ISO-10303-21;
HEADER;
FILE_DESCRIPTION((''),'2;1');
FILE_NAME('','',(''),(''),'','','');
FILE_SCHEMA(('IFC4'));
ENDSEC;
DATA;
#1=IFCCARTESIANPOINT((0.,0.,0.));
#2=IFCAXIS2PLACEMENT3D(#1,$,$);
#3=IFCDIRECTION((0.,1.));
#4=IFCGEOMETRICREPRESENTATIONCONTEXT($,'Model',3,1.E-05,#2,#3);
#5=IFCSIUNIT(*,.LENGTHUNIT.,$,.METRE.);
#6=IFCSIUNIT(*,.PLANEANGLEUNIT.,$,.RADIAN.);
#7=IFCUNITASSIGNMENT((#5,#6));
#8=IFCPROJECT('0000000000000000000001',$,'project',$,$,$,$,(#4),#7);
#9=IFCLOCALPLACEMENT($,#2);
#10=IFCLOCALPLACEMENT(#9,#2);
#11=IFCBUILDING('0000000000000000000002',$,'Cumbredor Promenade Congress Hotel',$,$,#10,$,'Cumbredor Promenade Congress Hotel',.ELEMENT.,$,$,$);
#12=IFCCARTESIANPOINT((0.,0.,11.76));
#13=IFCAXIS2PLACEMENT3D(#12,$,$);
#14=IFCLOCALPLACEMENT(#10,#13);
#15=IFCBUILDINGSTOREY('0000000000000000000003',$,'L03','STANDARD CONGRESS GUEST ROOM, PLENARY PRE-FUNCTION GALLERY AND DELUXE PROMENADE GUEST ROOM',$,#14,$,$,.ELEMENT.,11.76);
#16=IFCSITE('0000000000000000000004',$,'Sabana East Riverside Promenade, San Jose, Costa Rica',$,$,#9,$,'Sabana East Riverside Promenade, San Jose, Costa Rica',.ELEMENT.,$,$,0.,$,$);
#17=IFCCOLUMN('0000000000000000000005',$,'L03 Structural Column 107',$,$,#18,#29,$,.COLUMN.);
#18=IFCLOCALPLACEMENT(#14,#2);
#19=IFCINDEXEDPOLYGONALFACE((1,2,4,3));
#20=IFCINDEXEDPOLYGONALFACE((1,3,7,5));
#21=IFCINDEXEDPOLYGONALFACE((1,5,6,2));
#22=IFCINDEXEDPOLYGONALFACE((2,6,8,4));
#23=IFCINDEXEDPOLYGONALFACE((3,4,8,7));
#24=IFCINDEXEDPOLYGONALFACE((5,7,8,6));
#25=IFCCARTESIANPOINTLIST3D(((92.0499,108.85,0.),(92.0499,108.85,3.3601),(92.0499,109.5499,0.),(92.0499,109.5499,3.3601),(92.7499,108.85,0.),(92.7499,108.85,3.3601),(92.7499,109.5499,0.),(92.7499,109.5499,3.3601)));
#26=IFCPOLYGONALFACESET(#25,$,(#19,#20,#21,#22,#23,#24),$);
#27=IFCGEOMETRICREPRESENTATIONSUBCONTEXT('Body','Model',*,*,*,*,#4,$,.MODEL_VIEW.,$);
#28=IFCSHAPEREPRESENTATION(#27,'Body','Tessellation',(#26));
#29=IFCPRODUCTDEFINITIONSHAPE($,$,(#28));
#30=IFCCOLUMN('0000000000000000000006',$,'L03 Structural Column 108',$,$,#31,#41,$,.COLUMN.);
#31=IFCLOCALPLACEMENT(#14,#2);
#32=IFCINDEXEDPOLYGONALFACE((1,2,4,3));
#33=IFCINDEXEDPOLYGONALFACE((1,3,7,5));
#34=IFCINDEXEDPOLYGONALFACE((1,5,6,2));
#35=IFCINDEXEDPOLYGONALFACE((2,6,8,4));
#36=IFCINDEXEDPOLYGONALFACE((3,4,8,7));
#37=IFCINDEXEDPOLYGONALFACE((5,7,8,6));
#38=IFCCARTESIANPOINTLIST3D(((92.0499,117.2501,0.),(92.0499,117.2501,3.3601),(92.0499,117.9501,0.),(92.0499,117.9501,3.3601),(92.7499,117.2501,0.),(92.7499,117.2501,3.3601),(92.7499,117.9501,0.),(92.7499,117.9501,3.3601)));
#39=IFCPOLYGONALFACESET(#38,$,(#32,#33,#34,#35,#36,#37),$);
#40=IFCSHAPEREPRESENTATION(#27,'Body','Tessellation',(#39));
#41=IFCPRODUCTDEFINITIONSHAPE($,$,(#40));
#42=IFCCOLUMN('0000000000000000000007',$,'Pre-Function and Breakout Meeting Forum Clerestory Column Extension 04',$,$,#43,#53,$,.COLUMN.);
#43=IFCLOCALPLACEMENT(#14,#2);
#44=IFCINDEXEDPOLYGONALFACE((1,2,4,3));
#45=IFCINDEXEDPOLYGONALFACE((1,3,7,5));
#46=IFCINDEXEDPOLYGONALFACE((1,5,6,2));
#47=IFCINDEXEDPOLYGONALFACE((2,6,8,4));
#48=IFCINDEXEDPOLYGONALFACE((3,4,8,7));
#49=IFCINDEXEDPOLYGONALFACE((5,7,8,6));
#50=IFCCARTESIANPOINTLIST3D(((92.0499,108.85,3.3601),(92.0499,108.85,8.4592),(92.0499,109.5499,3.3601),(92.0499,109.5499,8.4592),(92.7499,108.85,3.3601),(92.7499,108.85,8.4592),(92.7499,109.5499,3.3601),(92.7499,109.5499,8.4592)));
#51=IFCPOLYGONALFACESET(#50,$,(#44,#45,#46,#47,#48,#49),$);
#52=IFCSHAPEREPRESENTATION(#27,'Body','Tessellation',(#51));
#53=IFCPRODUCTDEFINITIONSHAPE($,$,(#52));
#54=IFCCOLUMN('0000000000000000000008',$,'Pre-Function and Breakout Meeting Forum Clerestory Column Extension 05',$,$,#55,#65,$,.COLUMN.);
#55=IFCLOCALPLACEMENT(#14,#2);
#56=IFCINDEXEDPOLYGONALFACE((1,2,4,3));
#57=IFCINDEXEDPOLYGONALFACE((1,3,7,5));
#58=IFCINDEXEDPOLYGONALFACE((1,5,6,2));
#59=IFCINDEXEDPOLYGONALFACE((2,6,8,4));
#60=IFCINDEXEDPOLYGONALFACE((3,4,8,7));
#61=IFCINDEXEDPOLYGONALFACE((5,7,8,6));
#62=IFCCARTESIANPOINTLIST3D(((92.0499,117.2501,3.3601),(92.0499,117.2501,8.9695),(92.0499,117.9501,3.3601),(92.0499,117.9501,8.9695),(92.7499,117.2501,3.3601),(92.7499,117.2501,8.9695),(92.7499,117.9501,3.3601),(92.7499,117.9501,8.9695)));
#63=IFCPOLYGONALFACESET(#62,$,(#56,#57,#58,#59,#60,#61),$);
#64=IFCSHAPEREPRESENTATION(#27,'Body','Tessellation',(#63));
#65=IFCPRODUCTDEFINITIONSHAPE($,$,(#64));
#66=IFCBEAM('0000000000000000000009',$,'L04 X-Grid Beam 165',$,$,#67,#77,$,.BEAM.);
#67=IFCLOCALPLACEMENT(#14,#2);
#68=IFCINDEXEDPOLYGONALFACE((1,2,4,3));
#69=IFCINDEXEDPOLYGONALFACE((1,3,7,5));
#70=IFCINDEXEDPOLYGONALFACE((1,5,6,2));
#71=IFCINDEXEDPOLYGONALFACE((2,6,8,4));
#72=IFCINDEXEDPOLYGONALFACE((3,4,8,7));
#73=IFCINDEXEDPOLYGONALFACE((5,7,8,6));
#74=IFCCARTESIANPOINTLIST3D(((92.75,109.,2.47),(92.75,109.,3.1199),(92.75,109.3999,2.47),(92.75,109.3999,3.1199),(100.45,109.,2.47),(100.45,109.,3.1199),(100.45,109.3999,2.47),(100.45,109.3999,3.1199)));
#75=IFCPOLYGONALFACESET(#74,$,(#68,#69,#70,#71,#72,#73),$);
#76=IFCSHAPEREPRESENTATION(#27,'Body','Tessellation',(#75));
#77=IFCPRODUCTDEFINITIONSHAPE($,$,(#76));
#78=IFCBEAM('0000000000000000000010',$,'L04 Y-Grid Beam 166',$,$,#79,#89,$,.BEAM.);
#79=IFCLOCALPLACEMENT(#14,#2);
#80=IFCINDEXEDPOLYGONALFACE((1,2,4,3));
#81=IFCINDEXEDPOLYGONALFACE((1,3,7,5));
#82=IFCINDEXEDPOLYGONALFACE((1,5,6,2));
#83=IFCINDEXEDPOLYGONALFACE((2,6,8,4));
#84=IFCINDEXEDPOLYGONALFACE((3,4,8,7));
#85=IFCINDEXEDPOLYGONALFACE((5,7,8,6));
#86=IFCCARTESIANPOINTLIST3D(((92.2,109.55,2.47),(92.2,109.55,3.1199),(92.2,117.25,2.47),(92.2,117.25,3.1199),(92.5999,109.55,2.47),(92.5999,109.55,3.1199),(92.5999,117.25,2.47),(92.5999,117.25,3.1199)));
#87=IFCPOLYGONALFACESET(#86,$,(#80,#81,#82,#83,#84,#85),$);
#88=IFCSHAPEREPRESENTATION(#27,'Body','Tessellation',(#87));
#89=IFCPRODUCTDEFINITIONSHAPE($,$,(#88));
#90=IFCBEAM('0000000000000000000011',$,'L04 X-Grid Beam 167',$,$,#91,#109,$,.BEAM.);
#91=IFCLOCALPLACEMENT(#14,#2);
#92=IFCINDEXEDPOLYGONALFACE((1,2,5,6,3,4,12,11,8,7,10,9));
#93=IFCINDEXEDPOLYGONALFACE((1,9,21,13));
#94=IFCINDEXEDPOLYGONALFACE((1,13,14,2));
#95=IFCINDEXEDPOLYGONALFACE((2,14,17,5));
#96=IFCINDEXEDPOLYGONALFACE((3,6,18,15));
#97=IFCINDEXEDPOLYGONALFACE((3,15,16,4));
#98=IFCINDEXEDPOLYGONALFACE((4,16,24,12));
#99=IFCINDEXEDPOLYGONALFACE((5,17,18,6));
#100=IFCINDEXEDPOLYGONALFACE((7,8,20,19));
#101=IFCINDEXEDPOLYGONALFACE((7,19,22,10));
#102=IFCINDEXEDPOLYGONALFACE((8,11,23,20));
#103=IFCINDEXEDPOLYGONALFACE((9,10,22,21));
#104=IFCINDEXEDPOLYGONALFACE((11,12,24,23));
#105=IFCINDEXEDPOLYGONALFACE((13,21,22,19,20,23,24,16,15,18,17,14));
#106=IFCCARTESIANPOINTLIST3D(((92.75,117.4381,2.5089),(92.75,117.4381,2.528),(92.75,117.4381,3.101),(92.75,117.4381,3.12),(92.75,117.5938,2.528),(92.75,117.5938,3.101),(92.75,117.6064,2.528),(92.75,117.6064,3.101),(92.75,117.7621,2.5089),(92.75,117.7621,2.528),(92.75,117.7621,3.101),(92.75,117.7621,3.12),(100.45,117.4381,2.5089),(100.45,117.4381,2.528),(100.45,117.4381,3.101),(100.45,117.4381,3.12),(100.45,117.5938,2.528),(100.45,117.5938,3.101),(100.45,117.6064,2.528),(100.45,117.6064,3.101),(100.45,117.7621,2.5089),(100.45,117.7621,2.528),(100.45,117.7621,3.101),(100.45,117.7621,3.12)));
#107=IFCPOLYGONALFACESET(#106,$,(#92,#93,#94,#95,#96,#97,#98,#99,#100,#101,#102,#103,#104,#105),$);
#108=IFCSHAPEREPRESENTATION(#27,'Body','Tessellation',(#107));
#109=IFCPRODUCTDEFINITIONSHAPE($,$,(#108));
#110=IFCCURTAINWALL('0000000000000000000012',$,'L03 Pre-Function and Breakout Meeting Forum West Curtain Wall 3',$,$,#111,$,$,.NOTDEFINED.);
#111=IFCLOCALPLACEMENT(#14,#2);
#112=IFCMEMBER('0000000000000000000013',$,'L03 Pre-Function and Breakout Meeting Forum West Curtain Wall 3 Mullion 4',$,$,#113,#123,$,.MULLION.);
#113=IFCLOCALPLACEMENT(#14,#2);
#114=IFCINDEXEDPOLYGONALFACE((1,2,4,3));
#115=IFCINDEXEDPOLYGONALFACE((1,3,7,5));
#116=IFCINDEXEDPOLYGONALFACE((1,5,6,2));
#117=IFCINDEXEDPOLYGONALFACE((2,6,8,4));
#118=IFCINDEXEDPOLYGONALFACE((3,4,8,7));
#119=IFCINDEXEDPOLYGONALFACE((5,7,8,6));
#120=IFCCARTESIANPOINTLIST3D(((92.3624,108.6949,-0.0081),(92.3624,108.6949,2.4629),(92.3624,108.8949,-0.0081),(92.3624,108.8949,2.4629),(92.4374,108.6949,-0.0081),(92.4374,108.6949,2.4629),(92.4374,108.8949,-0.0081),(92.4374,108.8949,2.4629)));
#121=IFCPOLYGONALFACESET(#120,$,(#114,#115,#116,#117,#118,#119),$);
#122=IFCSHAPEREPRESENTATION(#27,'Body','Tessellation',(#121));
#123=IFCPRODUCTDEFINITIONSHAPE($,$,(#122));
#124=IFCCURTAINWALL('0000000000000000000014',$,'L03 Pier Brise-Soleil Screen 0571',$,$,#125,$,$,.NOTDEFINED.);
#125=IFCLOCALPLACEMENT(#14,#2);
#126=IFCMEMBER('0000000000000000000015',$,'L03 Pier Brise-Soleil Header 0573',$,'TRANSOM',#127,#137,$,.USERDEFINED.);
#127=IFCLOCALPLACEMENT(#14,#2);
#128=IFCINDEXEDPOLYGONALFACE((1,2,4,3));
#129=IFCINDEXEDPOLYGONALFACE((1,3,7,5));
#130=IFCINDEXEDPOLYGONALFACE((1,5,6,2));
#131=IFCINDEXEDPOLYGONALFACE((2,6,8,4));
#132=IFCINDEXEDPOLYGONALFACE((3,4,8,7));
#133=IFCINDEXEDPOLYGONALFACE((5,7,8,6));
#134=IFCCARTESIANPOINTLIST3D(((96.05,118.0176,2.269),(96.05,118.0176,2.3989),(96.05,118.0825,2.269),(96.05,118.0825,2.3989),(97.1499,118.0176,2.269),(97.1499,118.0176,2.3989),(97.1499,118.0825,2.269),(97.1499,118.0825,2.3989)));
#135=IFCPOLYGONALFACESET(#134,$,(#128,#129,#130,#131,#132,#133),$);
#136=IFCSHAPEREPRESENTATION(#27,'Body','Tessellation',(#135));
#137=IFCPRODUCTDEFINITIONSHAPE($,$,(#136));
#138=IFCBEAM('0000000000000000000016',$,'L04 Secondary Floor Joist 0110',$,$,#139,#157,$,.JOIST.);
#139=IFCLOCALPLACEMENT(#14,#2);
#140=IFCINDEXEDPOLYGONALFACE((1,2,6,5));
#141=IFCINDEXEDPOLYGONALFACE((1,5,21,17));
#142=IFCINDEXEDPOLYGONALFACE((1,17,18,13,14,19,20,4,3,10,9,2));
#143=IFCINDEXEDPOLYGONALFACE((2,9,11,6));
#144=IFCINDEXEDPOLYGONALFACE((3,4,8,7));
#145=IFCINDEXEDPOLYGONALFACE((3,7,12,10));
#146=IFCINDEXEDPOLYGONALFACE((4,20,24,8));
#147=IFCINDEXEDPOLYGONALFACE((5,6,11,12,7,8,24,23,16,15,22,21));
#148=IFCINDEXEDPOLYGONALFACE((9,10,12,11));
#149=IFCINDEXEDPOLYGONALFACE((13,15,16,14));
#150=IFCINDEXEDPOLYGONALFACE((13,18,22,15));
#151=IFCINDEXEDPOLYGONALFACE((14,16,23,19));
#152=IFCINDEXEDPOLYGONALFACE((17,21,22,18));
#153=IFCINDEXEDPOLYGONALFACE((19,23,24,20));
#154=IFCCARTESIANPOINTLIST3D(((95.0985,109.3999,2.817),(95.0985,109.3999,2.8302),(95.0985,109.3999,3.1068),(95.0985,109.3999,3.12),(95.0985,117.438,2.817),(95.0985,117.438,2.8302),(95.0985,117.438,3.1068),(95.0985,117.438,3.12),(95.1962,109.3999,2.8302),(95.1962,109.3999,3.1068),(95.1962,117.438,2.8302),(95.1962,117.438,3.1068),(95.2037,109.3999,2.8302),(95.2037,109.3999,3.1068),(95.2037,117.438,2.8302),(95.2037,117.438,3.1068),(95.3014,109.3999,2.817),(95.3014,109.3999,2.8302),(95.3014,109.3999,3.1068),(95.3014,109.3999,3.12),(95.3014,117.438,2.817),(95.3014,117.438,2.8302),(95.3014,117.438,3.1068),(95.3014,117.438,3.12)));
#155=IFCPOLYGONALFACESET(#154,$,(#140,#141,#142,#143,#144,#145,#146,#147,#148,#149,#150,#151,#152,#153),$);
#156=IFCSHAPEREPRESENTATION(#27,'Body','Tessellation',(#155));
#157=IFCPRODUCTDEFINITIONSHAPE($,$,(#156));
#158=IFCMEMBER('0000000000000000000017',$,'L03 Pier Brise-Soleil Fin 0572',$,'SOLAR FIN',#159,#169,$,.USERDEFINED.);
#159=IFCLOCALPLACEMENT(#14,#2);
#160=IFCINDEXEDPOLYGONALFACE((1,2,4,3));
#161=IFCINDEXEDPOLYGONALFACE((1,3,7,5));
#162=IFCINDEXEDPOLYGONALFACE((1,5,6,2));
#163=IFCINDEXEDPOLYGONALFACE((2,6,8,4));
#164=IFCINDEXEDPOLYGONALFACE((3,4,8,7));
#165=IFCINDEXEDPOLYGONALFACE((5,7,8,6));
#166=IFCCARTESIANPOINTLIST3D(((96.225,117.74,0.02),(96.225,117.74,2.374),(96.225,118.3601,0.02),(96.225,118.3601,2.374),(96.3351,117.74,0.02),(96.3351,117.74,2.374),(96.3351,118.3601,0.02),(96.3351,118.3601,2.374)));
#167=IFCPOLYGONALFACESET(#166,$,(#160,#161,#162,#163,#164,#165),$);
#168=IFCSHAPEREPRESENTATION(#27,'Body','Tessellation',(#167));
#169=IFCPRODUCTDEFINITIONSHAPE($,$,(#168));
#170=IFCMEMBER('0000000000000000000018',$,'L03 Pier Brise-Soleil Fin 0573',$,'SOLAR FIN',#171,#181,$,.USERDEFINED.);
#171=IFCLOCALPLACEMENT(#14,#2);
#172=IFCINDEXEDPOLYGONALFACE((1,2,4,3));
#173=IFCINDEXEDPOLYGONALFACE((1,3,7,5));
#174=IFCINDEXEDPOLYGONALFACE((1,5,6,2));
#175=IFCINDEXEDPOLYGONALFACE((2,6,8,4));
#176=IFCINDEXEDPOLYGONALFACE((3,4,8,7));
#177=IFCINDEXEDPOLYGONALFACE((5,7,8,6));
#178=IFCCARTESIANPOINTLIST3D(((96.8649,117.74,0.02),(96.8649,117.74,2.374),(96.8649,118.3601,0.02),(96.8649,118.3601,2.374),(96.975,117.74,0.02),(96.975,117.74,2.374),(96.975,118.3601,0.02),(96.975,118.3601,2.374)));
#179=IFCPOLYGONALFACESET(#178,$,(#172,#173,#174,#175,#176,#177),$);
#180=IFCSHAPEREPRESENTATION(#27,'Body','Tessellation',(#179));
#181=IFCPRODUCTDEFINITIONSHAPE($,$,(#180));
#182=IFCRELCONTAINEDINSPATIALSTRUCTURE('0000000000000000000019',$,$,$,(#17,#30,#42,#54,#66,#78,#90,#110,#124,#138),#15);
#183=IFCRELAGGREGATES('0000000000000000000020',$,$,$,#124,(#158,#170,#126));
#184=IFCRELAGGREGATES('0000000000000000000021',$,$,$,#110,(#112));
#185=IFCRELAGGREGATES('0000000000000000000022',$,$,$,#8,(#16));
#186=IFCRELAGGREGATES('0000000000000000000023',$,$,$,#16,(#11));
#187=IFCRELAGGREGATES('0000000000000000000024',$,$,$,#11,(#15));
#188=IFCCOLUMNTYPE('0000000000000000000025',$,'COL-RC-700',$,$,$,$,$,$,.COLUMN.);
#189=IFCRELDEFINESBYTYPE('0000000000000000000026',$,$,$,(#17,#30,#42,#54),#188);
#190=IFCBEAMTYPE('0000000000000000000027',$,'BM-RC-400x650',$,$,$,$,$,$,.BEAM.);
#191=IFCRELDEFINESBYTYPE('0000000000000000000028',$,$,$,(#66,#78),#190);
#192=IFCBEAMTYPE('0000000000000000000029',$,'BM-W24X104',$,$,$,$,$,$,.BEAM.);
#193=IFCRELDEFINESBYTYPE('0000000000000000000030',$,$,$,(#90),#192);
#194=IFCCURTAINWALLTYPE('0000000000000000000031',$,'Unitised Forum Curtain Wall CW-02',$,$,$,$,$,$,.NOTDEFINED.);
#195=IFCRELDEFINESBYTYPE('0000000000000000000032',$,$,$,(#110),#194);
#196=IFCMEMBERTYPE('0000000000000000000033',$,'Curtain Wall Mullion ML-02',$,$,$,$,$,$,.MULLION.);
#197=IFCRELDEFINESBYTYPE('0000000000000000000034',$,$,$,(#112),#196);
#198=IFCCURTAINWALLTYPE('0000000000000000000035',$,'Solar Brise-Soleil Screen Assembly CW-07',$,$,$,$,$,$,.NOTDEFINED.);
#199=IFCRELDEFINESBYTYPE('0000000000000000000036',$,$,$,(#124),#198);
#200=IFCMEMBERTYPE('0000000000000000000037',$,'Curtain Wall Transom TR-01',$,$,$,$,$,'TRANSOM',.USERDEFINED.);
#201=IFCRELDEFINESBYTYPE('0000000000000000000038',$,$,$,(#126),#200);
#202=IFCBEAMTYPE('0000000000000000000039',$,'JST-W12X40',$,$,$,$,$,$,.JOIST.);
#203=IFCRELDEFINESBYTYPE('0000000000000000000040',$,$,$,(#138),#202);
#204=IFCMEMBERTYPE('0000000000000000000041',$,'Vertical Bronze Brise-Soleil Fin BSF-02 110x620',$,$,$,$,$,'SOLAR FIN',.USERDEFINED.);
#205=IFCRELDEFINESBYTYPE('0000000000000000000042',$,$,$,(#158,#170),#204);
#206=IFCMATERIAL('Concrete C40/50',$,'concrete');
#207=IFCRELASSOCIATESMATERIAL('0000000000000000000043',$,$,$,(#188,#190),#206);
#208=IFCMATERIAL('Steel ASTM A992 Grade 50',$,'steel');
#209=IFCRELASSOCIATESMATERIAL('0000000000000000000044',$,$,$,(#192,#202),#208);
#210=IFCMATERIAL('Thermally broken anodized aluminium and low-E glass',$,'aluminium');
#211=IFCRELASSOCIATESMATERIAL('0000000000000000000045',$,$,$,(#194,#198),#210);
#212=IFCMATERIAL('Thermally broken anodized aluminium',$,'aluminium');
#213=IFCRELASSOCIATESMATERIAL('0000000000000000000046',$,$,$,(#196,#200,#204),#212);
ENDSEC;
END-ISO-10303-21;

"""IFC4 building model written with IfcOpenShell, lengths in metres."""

from ifc_helpers import new_model, si_unit, direction, frame, origin, origin_2d, place, context, subcontext, project, spatial, rectangle, i_section, extrude, material, material_profile, profile_set, type_object, element, aggregate, save


model = new_model("IFC4")

# Units and contexts
model_context = context("Model", 3, precision=1e-05, world=origin(), true_north=direction((0.0, 1.0)))
body_context = subcontext(model_context, "Body", "Model", "MODEL_VIEW")
ifc_project = project(units=[si_unit("LENGTHUNIT", "METRE"), si_unit("PLANEANGLEUNIT", "RADIAN")], contexts=[model_context])

# Site, building, storey
site_placement = place(None, origin())
site = spatial("IfcSite", under=ifc_project, at=site_placement, Name="Sabana East Riverside Promenade, San Jose, Costa Rica", LongName="Sabana East Riverside Promenade, San Jose, Costa Rica", CompositionType="ELEMENT", RefElevation=0.0)
building_placement = place(site_placement, origin())
building = spatial("IfcBuilding", under=site, at=building_placement, Name="Cumbredor Promenade Congress Hotel", LongName="Cumbredor Promenade Congress Hotel", CompositionType="ELEMENT")
storey_placement = place(building_placement, frame((0.0, 0.0, 11.76)))
storey = spatial("IfcBuildingStorey", under=building, at=storey_placement, Name="L03", Description="STANDARD CONGRESS GUEST ROOM, PLENARY PRE-FUNCTION GALLERY AND DELUXE PROMENADE GUEST ROOM", CompositionType="ELEMENT", Elevation=11.76)

# Columns
ifc_material_1 = material(Name="Concrete C40/50", Category="concrete")
ifc_material_profile_1 = material_profile(ifc_material_1, rectangle(XDim=0.7, YDim=0.7, at=origin_2d()), Name="RC 700x700")
ifc_profile_set_1 = profile_set([ifc_material_profile_1], Name="Concrete C40/50")
column_type = type_object("IfcColumnType", Name="COL-RC-700", PredefinedType="COLUMN", material=ifc_profile_set_1)
for number, where, z_axis, x_axis, name in (
    (1, (92.3999, 109.2, 0.0), (0.0, 0.0, 1.0), (1.0, 0.0, 0.0), "L03 Structural Column 107"),
    (2, (92.3999, 117.6001, 0.0), (0.0, 0.0, 1.0), (1.0, 0.0, 0.0), "L03 Structural Column 108"),
):
    element("IfcColumn", number, at=place(storey_placement, frame(where, z_axis=z_axis, x_axis=x_axis)), inside=storey, type_object=column_type, Name=name, PredefinedType="COLUMN", context=body_context, shape_type="SweptSolid", body=[
        extrude(rectangle(XDim=0.7, YDim=0.7, at=origin_2d()), origin(), (0.0, 0.0, 1.0), 3.3601),
    ])
column_1_placement = place(storey_placement, frame((92.3999, 109.2, 3.3601), z_axis=(0.0, 0.0, 1.0), x_axis=(1.0, 0.0, 0.0)))
element("IfcColumn", 3, at=column_1_placement, inside=storey, type_object=column_type, Name="Pre-Function and Breakout Meeting Forum Clerestory Column Extension 04", PredefinedType="COLUMN", context=body_context, shape_type="SweptSolid", body=[
    extrude(rectangle(XDim=0.7, YDim=0.7, at=origin_2d()), origin(), (0.0, 0.0, 1.0), 5.0991),
])
column_2_placement = place(storey_placement, frame((92.3999, 117.6001, 3.3601), z_axis=(0.0, 0.0, 1.0), x_axis=(1.0, 0.0, 0.0)))
element("IfcColumn", 4, at=column_2_placement, inside=storey, type_object=column_type, Name="Pre-Function and Breakout Meeting Forum Clerestory Column Extension 05", PredefinedType="COLUMN", context=body_context, shape_type="SweptSolid", body=[
    extrude(rectangle(XDim=0.7, YDim=0.7, at=origin_2d()), origin(), (0.0, 0.0, 1.0), 5.6094),
])

# Beams
ifc_material_profile_2 = material_profile(ifc_material_1, rectangle(XDim=0.3999, YDim=0.6499, at=origin_2d()), Name="RC BEAM 400x650")
ifc_profile_set_2 = profile_set([ifc_material_profile_2], Name="Concrete C40/50")
beam_type_1 = type_object("IfcBeamType", Name="BM-RC-400x650", PredefinedType="BEAM", material=ifc_profile_set_2)
for number, where, z_axis, x_axis, name in (
    (5, (92.75, 109.2, 2.7949), (1.0, 0.0, 0.0), (0.0, 1.0, 0.0), "L04 X-Grid Beam 165"),
    (6, (92.3999, 109.55, 2.7949), (0.0, 1.0, 0.0), (-1.0, 0.0, 0.0), "L04 Y-Grid Beam 166"),
):
    element("IfcBeam", number, at=place(storey_placement, frame(where, z_axis=z_axis, x_axis=x_axis)), inside=storey, type_object=beam_type_1, Name=name, PredefinedType="BEAM", context=body_context, shape_type="SweptSolid", body=[
        extrude(rectangle(XDim=0.3999, YDim=0.6499, at=origin_2d()), origin(), (0.0, 0.0, 1.0), 7.7),
    ])
ifc_material_2 = material(Name="Steel ASTM A992 Grade 50", Category="steel")
ifc_material_profile_3 = material_profile(ifc_material_2, i_section(OverallWidth=0.324, OverallDepth=0.6111, WebThickness=0.0127, FlangeThickness=0.019, at=origin_2d()), Name="W24X104")
ifc_profile_set_3 = profile_set([ifc_material_profile_3], Name="Steel ASTM A992 Grade 50")
beam_type_2 = type_object("IfcBeamType", Name="BM-W24X104", PredefinedType="BEAM", material=ifc_profile_set_3)
beam_1_placement = place(storey_placement, frame((92.75, 117.6001, 2.8145), z_axis=(1.0, 0.0, 0.0), x_axis=(0.0, 1.0, 0.0)))
element("IfcBeam", 7, at=beam_1_placement, inside=storey, type_object=beam_type_2, Name="L04 X-Grid Beam 167", PredefinedType="BEAM", context=body_context, shape_type="SweptSolid", body=[
    extrude(i_section(OverallWidth=0.324, OverallDepth=0.6111, WebThickness=0.0127, FlangeThickness=0.019, at=origin_2d()), origin(), (0.0, 0.0, 1.0), 7.7),
])

# Curtain walls, members
ifc_material_3 = material(Name="Thermally broken anodized aluminium and low-E glass", Category="aluminium")
curtain_wall_type_1 = type_object("IfcCurtainWallType", Name="Unitised Forum Curtain Wall CW-02", PredefinedType="NOTDEFINED", material=ifc_material_3)
curtain_wall_1_placement = place(storey_placement, origin())
curtain_wall_1 = element("IfcCurtainWall", 8, at=curtain_wall_1_placement, inside=storey, type_object=curtain_wall_type_1, Name="L03 Pre-Function and Breakout Meeting Forum West Curtain Wall 3", PredefinedType="NOTDEFINED")
ifc_material_4 = material(Name="Thermally broken anodized aluminium", Category="aluminium")
ifc_material_profile_4 = material_profile(ifc_material_4, rectangle(XDim=0.075, YDim=0.2, at=origin_2d()), Name="ALU MULLION 75x200")
ifc_profile_set_4 = profile_set([ifc_material_profile_4], Name="Thermally broken anodized aluminium")
member_type_1 = type_object("IfcMemberType", Name="Curtain Wall Mullion ML-02", PredefinedType="MULLION", material=ifc_profile_set_4)
member_1_placement = place(storey_placement, frame((92.3999, 108.7949, -0.0081), z_axis=(0.0, 0.0, 1.0), x_axis=(1.0, 0.0, 0.0)))
member_1 = element("IfcMember", 9, at=member_1_placement, type_object=member_type_1, Name="L03 Pre-Function and Breakout Meeting Forum West Curtain Wall 3 Mullion 4", PredefinedType="MULLION", context=body_context, shape_type="SweptSolid", body=[
    extrude(rectangle(XDim=0.075, YDim=0.2, at=origin_2d()), origin(), (0.0, 0.0, 1.0), 2.4709),
])
curtain_wall_type_2 = type_object("IfcCurtainWallType", Name="Solar Brise-Soleil Screen Assembly CW-07", PredefinedType="NOTDEFINED", material=ifc_material_3)
curtain_wall_2_placement = place(storey_placement, origin())
curtain_wall_2 = element("IfcCurtainWall", 10, at=curtain_wall_2_placement, inside=storey, type_object=curtain_wall_type_2, Name="L03 Pier Brise-Soleil Screen 0571", PredefinedType="NOTDEFINED")
ifc_material_profile_5 = material_profile(ifc_material_4, rectangle(XDim=0.0649, YDim=0.1299, at=origin_2d()), Name="ALU TRANSOM 65x130")
ifc_profile_set_5 = profile_set([ifc_material_profile_5], Name="Thermally broken anodized aluminium")
member_type_2 = type_object("IfcMemberType", Name="Curtain Wall Transom TR-01", ElementType="TRANSOM", PredefinedType="USERDEFINED", material=ifc_profile_set_5)
member_2_placement = place(storey_placement, frame((96.05, 118.05, 2.334), z_axis=(1.0, 0.0, 0.0), x_axis=(0.0, 1.0, 0.0)))
member_2 = element("IfcMember", 11, at=member_2_placement, type_object=member_type_2, Name="L03 Pier Brise-Soleil Header 0573", ObjectType="TRANSOM", PredefinedType="USERDEFINED", context=body_context, shape_type="SweptSolid", body=[
    extrude(rectangle(XDim=0.0649, YDim=0.1299, at=origin_2d()), origin(), (0.0, 0.0, 1.0), 1.0999),
])

# Beam
ifc_material_profile_6 = material_profile(ifc_material_2, i_section(OverallWidth=0.2029, OverallDepth=0.303, WebThickness=0.0076, FlangeThickness=0.0132, at=origin_2d()), Name="W12X40")
ifc_profile_set_6 = profile_set([ifc_material_profile_6], Name="Steel ASTM A992 Grade 50")
beam_type_3 = type_object("IfcBeamType", Name="JST-W12X40", PredefinedType="JOIST", material=ifc_profile_set_6)
beam_2_placement = place(storey_placement, frame((95.2, 109.3999, 2.9685), z_axis=(0.0, 1.0, 0.0), x_axis=(-1.0, 0.0, 0.0)))
element("IfcBeam", 12, at=beam_2_placement, inside=storey, type_object=beam_type_3, Name="L04 Secondary Floor Joist 0110", PredefinedType="JOIST", context=body_context, shape_type="SweptSolid", body=[
    extrude(i_section(OverallWidth=0.2029, OverallDepth=0.303, WebThickness=0.0076, FlangeThickness=0.0132, at=origin_2d()), origin(), (0.0, 0.0, 1.0), 8.0381),
])

# Members
ifc_material_profile_7 = material_profile(ifc_material_4, rectangle(XDim=0.1101, YDim=0.6201, at=origin_2d()), Name="ARCH FIN 110x620")
ifc_profile_set_7 = profile_set([ifc_material_profile_7], Name="Thermally broken anodized aluminium")
member_type_3 = type_object("IfcMemberType", Name="Vertical Bronze Brise-Soleil Fin BSF-02 110x620", ElementType="SOLAR FIN", PredefinedType="USERDEFINED", material=ifc_profile_set_7)
member_3_placement = place(storey_placement, frame((96.28, 118.05, 0.02), z_axis=(0.0, 0.0, 1.0), x_axis=(1.0, 0.0, 0.0)))
member_3 = element("IfcMember", 13, at=member_3_placement, type_object=member_type_3, Name="L03 Pier Brise-Soleil Fin 0572", ObjectType="SOLAR FIN", PredefinedType="USERDEFINED", context=body_context, shape_type="SweptSolid", body=[
    extrude(rectangle(XDim=0.1101, YDim=0.6201, at=origin_2d()), origin(), (0.0, 0.0, 1.0), 2.354),
])
member_4_placement = place(storey_placement, frame((96.9199, 118.05, 0.02), z_axis=(0.0, 0.0, 1.0), x_axis=(1.0, 0.0, 0.0)))
member_4 = element("IfcMember", 14, at=member_4_placement, type_object=member_type_3, Name="L03 Pier Brise-Soleil Fin 0573", ObjectType="SOLAR FIN", PredefinedType="USERDEFINED", context=body_context, shape_type="SweptSolid", body=[
    extrude(rectangle(XDim=0.1101, YDim=0.6201, at=origin_2d()), origin(), (0.0, 0.0, 1.0), 2.354),
])
aggregate(curtain_wall_2, [member_3, member_4, member_2])

aggregate(curtain_wall_1, [member_1])

save(model, "model.ifc")
